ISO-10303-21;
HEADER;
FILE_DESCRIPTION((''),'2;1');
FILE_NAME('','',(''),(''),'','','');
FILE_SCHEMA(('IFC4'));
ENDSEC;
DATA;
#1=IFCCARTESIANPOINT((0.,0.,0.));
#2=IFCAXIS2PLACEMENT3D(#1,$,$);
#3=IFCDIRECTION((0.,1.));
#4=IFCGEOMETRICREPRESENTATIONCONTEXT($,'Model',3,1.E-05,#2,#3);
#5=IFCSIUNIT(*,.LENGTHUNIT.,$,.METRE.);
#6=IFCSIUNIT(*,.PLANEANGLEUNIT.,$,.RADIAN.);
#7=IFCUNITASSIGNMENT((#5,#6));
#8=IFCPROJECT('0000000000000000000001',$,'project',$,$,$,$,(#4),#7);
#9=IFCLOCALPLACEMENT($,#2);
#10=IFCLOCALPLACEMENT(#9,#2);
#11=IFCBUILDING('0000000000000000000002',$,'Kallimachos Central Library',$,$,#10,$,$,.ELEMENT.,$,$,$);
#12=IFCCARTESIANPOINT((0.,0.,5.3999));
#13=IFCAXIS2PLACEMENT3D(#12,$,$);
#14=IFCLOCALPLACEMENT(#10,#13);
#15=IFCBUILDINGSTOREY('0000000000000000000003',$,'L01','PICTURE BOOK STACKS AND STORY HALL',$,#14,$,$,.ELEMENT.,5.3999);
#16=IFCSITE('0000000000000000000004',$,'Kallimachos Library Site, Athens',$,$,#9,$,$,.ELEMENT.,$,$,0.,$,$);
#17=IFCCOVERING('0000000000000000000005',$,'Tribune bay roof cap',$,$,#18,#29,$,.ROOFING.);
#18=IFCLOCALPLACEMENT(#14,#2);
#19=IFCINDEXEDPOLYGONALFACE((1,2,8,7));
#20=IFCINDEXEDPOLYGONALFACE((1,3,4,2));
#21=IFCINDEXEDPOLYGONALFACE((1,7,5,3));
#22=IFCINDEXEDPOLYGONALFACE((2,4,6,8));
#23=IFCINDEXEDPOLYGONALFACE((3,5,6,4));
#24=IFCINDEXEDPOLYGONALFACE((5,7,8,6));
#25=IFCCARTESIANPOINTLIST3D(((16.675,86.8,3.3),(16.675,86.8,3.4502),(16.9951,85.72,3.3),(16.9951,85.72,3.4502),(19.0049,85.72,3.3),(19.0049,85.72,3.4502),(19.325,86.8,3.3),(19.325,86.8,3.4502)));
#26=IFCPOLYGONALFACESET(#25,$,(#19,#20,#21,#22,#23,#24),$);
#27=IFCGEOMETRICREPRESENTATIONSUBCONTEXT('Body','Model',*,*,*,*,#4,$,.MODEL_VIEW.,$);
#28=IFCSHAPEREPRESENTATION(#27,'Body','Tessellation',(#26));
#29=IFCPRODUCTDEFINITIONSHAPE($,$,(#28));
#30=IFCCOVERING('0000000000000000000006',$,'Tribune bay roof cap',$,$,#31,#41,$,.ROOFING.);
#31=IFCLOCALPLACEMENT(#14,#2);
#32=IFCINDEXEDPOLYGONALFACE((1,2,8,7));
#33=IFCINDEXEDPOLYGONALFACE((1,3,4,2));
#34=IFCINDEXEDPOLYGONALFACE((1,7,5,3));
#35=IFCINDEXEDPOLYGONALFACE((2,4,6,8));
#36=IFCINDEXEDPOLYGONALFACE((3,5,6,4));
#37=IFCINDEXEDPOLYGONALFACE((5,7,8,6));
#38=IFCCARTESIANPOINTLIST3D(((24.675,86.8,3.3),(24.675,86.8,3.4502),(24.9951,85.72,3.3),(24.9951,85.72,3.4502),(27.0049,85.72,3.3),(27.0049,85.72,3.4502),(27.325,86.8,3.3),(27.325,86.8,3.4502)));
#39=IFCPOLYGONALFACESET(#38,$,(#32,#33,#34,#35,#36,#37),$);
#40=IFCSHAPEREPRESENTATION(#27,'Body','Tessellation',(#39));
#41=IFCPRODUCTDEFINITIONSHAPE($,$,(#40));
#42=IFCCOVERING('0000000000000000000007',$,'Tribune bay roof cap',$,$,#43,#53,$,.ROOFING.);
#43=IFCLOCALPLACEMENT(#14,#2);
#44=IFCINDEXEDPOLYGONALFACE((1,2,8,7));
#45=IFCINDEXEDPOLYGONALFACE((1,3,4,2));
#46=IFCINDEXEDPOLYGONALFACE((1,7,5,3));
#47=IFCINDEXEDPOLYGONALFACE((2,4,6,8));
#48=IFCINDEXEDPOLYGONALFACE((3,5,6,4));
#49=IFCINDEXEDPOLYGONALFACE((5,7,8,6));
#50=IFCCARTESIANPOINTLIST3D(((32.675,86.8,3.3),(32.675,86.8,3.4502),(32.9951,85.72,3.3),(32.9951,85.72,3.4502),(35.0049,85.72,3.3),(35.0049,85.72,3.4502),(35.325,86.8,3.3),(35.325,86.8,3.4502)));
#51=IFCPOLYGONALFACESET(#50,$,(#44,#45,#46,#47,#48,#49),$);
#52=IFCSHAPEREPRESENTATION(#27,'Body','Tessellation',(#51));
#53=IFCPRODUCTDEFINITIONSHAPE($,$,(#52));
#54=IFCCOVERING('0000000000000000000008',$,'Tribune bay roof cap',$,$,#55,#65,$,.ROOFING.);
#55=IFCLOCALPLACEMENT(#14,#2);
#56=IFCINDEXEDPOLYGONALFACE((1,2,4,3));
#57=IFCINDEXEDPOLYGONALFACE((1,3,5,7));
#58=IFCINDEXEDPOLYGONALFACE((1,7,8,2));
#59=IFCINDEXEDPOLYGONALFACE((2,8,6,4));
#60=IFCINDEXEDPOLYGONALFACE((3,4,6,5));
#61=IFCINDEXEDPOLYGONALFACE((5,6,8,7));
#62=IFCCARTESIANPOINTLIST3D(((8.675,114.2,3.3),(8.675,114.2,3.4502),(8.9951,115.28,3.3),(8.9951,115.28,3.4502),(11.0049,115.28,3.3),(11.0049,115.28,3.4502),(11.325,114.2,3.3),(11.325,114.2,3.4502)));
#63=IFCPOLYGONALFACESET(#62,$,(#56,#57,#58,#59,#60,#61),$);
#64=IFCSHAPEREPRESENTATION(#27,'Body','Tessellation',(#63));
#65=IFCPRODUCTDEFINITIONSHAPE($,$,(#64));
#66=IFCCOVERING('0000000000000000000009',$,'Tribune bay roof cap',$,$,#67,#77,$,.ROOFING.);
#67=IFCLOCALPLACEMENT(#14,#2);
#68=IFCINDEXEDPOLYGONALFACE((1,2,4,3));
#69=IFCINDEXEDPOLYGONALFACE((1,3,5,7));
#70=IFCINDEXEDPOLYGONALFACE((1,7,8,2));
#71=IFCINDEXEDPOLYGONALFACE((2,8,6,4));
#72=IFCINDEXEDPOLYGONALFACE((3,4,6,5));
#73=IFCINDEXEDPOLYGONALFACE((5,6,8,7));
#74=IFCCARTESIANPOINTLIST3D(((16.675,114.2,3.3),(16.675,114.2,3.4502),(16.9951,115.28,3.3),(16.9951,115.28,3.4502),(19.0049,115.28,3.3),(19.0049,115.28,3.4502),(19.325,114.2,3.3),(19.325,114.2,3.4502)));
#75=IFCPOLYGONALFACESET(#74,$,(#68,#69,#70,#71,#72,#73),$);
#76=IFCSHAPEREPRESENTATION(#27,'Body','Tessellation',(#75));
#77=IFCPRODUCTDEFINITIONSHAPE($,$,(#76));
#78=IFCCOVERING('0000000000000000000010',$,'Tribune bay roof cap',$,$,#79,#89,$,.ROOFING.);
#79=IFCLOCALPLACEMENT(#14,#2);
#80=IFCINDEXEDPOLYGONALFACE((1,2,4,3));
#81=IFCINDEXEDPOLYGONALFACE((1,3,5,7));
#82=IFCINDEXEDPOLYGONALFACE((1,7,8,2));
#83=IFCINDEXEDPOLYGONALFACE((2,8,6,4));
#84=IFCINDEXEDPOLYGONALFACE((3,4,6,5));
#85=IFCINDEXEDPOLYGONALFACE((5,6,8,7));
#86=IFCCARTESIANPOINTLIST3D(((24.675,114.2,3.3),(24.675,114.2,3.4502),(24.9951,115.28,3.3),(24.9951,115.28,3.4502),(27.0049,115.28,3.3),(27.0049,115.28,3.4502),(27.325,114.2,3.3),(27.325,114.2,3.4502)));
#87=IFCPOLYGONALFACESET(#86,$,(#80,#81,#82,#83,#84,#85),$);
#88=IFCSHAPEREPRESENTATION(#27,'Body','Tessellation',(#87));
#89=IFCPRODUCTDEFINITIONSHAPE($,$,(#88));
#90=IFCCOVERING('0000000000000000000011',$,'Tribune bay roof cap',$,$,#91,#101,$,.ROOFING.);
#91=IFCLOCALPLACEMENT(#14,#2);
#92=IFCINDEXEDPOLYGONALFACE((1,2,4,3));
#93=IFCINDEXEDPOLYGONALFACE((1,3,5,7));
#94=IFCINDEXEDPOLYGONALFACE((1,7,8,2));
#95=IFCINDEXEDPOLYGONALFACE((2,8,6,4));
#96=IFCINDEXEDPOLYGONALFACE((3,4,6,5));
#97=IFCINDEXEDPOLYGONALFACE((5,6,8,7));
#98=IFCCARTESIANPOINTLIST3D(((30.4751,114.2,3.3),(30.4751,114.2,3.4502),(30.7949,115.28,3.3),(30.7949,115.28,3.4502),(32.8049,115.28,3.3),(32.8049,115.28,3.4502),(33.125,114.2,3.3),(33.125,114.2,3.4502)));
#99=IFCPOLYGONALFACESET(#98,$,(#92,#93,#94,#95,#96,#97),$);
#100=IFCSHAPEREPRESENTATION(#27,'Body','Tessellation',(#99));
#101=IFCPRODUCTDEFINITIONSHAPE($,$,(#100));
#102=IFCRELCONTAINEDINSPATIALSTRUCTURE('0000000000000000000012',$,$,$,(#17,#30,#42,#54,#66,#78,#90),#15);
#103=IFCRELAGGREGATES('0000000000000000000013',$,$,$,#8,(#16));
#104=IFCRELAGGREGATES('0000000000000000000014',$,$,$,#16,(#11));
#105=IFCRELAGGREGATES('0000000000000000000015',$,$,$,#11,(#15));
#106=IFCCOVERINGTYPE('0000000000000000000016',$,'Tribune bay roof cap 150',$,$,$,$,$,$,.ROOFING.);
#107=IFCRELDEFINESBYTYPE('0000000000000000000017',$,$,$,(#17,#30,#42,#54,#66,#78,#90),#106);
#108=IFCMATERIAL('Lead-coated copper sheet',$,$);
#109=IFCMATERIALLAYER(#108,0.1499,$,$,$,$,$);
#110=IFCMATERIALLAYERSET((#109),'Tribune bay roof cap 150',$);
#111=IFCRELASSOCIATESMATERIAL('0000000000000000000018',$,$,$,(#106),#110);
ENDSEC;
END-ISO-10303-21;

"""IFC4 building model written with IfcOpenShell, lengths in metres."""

from ifc_helpers import new_model, si_unit, direction, frame, origin, place, context, subcontext, project, spatial, polyline, outline, extrude, material, layer, layer_set, type_object, element, save


model = new_model("IFC4")

# Units and contexts
model_context = context("Model", 3, precision=1e-05, world=origin(), true_north=direction((0.0, 1.0)))
body_context = subcontext(model_context, "Body", "Model", "MODEL_VIEW")
ifc_project = project(units=[si_unit("LENGTHUNIT", "METRE"), si_unit("PLANEANGLEUNIT", "RADIAN")], contexts=[model_context])

# Site, building, storey
site_placement = place(None, origin())
site = spatial("IfcSite", under=ifc_project, at=site_placement, Name="Kallimachos Library Site, Athens", CompositionType="ELEMENT", RefElevation=0.0)
building_placement = place(site_placement, origin())
building = spatial("IfcBuilding", under=site, at=building_placement, Name="Kallimachos Central Library", CompositionType="ELEMENT")
storey_placement = place(building_placement, frame((0.0, 0.0, 5.3999)))
storey = spatial("IfcBuildingStorey", under=building, at=storey_placement, Name="L01", Description="PICTURE BOOK STACKS AND STORY HALL", CompositionType="ELEMENT", Elevation=5.3999)

# Coverings
ifc_material_1 = material(Name="Lead-coated copper sheet")
ifc_layer_1 = layer(ifc_material_1, 0.1499)
ifc_layer_set_1 = layer_set([ifc_layer_1], Name="Tribune bay roof cap 150")
covering_type = type_object("IfcCoveringType", Name="Tribune bay roof cap 150", PredefinedType="ROOFING", material=ifc_layer_set_1)
covering_1_placement = place(storey_placement, frame((0.0, 0.0, 3.3)))
element("IfcCovering", 1, at=covering_1_placement, inside=storey, type_object=covering_type, Name="Tribune bay roof cap", PredefinedType="ROOFING", context=body_context, shape_type="SweptSolid", body=[
    extrude(outline(polyline([(16.675, 86.8), (19.325, 86.8), (19.0049, 85.72), (16.9951, 85.72), (16.675, 86.8)])), origin(), (0.0, 0.0, 1.0), 0.1501),
])
covering_2_placement = place(storey_placement, frame((0.0, 0.0, 3.3)))
element("IfcCovering", 2, at=covering_2_placement, inside=storey, type_object=covering_type, Name="Tribune bay roof cap", PredefinedType="ROOFING", context=body_context, shape_type="SweptSolid", body=[
    extrude(outline(polyline([(24.675, 86.8), (27.325, 86.8), (27.0049, 85.72), (24.9951, 85.72), (24.675, 86.8)])), origin(), (0.0, 0.0, 1.0), 0.1501),
])
covering_3_placement = place(storey_placement, frame((0.0, 0.0, 3.3)))
element("IfcCovering", 3, at=covering_3_placement, inside=storey, type_object=covering_type, Name="Tribune bay roof cap", PredefinedType="ROOFING", context=body_context, shape_type="SweptSolid", body=[
    extrude(outline(polyline([(32.675, 86.8), (35.325, 86.8), (35.0049, 85.72), (32.9951, 85.72), (32.675, 86.8)])), origin(), (0.0, 0.0, 1.0), 0.1501),
])
covering_4_placement = place(storey_placement, frame((0.0, 0.0, 3.3)))
element("IfcCovering", 4, at=covering_4_placement, inside=storey, type_object=covering_type, Name="Tribune bay roof cap", PredefinedType="ROOFING", context=body_context, shape_type="SweptSolid", body=[
    extrude(outline(polyline([(8.675, 114.2), (11.325, 114.2), (11.0049, 115.28), (8.9951, 115.28), (8.675, 114.2)])), origin(), (0.0, 0.0, 1.0), 0.1501),
])
covering_5_placement = place(storey_placement, frame((0.0, 0.0, 3.3)))
element("IfcCovering", 5, at=covering_5_placement, inside=storey, type_object=covering_type, Name="Tribune bay roof cap", PredefinedType="ROOFING", context=body_context, shape_type="SweptSolid", body=[
    extrude(outline(polyline([(16.675, 114.2), (19.325, 114.2), (19.0049, 115.28), (16.9951, 115.28), (16.675, 114.2)])), origin(), (0.0, 0.0, 1.0), 0.1501),
])
covering_6_placement = place(storey_placement, frame((0.0, 0.0, 3.3)))
element("IfcCovering", 6, at=covering_6_placement, inside=storey, type_object=covering_type, Name="Tribune bay roof cap", PredefinedType="ROOFING", context=body_context, shape_type="SweptSolid", body=[
    extrude(outline(polyline([(24.675, 114.2), (27.325, 114.2), (27.0049, 115.28), (24.9951, 115.28), (24.675, 114.2)])), origin(), (0.0, 0.0, 1.0), 0.1501),
])
covering_7_placement = place(storey_placement, frame((0.0, 0.0, 3.3)))
element("IfcCovering", 7, at=covering_7_placement, inside=storey, type_object=covering_type, Name="Tribune bay roof cap", PredefinedType="ROOFING", context=body_context, shape_type="SweptSolid", body=[
    extrude(outline(polyline([(30.4751, 114.2), (33.125, 114.2), (32.8049, 115.28), (30.7949, 115.28), (30.4751, 114.2)])), origin(), (0.0, 0.0, 1.0), 0.1501),
])

save(model, "model.ifc")
